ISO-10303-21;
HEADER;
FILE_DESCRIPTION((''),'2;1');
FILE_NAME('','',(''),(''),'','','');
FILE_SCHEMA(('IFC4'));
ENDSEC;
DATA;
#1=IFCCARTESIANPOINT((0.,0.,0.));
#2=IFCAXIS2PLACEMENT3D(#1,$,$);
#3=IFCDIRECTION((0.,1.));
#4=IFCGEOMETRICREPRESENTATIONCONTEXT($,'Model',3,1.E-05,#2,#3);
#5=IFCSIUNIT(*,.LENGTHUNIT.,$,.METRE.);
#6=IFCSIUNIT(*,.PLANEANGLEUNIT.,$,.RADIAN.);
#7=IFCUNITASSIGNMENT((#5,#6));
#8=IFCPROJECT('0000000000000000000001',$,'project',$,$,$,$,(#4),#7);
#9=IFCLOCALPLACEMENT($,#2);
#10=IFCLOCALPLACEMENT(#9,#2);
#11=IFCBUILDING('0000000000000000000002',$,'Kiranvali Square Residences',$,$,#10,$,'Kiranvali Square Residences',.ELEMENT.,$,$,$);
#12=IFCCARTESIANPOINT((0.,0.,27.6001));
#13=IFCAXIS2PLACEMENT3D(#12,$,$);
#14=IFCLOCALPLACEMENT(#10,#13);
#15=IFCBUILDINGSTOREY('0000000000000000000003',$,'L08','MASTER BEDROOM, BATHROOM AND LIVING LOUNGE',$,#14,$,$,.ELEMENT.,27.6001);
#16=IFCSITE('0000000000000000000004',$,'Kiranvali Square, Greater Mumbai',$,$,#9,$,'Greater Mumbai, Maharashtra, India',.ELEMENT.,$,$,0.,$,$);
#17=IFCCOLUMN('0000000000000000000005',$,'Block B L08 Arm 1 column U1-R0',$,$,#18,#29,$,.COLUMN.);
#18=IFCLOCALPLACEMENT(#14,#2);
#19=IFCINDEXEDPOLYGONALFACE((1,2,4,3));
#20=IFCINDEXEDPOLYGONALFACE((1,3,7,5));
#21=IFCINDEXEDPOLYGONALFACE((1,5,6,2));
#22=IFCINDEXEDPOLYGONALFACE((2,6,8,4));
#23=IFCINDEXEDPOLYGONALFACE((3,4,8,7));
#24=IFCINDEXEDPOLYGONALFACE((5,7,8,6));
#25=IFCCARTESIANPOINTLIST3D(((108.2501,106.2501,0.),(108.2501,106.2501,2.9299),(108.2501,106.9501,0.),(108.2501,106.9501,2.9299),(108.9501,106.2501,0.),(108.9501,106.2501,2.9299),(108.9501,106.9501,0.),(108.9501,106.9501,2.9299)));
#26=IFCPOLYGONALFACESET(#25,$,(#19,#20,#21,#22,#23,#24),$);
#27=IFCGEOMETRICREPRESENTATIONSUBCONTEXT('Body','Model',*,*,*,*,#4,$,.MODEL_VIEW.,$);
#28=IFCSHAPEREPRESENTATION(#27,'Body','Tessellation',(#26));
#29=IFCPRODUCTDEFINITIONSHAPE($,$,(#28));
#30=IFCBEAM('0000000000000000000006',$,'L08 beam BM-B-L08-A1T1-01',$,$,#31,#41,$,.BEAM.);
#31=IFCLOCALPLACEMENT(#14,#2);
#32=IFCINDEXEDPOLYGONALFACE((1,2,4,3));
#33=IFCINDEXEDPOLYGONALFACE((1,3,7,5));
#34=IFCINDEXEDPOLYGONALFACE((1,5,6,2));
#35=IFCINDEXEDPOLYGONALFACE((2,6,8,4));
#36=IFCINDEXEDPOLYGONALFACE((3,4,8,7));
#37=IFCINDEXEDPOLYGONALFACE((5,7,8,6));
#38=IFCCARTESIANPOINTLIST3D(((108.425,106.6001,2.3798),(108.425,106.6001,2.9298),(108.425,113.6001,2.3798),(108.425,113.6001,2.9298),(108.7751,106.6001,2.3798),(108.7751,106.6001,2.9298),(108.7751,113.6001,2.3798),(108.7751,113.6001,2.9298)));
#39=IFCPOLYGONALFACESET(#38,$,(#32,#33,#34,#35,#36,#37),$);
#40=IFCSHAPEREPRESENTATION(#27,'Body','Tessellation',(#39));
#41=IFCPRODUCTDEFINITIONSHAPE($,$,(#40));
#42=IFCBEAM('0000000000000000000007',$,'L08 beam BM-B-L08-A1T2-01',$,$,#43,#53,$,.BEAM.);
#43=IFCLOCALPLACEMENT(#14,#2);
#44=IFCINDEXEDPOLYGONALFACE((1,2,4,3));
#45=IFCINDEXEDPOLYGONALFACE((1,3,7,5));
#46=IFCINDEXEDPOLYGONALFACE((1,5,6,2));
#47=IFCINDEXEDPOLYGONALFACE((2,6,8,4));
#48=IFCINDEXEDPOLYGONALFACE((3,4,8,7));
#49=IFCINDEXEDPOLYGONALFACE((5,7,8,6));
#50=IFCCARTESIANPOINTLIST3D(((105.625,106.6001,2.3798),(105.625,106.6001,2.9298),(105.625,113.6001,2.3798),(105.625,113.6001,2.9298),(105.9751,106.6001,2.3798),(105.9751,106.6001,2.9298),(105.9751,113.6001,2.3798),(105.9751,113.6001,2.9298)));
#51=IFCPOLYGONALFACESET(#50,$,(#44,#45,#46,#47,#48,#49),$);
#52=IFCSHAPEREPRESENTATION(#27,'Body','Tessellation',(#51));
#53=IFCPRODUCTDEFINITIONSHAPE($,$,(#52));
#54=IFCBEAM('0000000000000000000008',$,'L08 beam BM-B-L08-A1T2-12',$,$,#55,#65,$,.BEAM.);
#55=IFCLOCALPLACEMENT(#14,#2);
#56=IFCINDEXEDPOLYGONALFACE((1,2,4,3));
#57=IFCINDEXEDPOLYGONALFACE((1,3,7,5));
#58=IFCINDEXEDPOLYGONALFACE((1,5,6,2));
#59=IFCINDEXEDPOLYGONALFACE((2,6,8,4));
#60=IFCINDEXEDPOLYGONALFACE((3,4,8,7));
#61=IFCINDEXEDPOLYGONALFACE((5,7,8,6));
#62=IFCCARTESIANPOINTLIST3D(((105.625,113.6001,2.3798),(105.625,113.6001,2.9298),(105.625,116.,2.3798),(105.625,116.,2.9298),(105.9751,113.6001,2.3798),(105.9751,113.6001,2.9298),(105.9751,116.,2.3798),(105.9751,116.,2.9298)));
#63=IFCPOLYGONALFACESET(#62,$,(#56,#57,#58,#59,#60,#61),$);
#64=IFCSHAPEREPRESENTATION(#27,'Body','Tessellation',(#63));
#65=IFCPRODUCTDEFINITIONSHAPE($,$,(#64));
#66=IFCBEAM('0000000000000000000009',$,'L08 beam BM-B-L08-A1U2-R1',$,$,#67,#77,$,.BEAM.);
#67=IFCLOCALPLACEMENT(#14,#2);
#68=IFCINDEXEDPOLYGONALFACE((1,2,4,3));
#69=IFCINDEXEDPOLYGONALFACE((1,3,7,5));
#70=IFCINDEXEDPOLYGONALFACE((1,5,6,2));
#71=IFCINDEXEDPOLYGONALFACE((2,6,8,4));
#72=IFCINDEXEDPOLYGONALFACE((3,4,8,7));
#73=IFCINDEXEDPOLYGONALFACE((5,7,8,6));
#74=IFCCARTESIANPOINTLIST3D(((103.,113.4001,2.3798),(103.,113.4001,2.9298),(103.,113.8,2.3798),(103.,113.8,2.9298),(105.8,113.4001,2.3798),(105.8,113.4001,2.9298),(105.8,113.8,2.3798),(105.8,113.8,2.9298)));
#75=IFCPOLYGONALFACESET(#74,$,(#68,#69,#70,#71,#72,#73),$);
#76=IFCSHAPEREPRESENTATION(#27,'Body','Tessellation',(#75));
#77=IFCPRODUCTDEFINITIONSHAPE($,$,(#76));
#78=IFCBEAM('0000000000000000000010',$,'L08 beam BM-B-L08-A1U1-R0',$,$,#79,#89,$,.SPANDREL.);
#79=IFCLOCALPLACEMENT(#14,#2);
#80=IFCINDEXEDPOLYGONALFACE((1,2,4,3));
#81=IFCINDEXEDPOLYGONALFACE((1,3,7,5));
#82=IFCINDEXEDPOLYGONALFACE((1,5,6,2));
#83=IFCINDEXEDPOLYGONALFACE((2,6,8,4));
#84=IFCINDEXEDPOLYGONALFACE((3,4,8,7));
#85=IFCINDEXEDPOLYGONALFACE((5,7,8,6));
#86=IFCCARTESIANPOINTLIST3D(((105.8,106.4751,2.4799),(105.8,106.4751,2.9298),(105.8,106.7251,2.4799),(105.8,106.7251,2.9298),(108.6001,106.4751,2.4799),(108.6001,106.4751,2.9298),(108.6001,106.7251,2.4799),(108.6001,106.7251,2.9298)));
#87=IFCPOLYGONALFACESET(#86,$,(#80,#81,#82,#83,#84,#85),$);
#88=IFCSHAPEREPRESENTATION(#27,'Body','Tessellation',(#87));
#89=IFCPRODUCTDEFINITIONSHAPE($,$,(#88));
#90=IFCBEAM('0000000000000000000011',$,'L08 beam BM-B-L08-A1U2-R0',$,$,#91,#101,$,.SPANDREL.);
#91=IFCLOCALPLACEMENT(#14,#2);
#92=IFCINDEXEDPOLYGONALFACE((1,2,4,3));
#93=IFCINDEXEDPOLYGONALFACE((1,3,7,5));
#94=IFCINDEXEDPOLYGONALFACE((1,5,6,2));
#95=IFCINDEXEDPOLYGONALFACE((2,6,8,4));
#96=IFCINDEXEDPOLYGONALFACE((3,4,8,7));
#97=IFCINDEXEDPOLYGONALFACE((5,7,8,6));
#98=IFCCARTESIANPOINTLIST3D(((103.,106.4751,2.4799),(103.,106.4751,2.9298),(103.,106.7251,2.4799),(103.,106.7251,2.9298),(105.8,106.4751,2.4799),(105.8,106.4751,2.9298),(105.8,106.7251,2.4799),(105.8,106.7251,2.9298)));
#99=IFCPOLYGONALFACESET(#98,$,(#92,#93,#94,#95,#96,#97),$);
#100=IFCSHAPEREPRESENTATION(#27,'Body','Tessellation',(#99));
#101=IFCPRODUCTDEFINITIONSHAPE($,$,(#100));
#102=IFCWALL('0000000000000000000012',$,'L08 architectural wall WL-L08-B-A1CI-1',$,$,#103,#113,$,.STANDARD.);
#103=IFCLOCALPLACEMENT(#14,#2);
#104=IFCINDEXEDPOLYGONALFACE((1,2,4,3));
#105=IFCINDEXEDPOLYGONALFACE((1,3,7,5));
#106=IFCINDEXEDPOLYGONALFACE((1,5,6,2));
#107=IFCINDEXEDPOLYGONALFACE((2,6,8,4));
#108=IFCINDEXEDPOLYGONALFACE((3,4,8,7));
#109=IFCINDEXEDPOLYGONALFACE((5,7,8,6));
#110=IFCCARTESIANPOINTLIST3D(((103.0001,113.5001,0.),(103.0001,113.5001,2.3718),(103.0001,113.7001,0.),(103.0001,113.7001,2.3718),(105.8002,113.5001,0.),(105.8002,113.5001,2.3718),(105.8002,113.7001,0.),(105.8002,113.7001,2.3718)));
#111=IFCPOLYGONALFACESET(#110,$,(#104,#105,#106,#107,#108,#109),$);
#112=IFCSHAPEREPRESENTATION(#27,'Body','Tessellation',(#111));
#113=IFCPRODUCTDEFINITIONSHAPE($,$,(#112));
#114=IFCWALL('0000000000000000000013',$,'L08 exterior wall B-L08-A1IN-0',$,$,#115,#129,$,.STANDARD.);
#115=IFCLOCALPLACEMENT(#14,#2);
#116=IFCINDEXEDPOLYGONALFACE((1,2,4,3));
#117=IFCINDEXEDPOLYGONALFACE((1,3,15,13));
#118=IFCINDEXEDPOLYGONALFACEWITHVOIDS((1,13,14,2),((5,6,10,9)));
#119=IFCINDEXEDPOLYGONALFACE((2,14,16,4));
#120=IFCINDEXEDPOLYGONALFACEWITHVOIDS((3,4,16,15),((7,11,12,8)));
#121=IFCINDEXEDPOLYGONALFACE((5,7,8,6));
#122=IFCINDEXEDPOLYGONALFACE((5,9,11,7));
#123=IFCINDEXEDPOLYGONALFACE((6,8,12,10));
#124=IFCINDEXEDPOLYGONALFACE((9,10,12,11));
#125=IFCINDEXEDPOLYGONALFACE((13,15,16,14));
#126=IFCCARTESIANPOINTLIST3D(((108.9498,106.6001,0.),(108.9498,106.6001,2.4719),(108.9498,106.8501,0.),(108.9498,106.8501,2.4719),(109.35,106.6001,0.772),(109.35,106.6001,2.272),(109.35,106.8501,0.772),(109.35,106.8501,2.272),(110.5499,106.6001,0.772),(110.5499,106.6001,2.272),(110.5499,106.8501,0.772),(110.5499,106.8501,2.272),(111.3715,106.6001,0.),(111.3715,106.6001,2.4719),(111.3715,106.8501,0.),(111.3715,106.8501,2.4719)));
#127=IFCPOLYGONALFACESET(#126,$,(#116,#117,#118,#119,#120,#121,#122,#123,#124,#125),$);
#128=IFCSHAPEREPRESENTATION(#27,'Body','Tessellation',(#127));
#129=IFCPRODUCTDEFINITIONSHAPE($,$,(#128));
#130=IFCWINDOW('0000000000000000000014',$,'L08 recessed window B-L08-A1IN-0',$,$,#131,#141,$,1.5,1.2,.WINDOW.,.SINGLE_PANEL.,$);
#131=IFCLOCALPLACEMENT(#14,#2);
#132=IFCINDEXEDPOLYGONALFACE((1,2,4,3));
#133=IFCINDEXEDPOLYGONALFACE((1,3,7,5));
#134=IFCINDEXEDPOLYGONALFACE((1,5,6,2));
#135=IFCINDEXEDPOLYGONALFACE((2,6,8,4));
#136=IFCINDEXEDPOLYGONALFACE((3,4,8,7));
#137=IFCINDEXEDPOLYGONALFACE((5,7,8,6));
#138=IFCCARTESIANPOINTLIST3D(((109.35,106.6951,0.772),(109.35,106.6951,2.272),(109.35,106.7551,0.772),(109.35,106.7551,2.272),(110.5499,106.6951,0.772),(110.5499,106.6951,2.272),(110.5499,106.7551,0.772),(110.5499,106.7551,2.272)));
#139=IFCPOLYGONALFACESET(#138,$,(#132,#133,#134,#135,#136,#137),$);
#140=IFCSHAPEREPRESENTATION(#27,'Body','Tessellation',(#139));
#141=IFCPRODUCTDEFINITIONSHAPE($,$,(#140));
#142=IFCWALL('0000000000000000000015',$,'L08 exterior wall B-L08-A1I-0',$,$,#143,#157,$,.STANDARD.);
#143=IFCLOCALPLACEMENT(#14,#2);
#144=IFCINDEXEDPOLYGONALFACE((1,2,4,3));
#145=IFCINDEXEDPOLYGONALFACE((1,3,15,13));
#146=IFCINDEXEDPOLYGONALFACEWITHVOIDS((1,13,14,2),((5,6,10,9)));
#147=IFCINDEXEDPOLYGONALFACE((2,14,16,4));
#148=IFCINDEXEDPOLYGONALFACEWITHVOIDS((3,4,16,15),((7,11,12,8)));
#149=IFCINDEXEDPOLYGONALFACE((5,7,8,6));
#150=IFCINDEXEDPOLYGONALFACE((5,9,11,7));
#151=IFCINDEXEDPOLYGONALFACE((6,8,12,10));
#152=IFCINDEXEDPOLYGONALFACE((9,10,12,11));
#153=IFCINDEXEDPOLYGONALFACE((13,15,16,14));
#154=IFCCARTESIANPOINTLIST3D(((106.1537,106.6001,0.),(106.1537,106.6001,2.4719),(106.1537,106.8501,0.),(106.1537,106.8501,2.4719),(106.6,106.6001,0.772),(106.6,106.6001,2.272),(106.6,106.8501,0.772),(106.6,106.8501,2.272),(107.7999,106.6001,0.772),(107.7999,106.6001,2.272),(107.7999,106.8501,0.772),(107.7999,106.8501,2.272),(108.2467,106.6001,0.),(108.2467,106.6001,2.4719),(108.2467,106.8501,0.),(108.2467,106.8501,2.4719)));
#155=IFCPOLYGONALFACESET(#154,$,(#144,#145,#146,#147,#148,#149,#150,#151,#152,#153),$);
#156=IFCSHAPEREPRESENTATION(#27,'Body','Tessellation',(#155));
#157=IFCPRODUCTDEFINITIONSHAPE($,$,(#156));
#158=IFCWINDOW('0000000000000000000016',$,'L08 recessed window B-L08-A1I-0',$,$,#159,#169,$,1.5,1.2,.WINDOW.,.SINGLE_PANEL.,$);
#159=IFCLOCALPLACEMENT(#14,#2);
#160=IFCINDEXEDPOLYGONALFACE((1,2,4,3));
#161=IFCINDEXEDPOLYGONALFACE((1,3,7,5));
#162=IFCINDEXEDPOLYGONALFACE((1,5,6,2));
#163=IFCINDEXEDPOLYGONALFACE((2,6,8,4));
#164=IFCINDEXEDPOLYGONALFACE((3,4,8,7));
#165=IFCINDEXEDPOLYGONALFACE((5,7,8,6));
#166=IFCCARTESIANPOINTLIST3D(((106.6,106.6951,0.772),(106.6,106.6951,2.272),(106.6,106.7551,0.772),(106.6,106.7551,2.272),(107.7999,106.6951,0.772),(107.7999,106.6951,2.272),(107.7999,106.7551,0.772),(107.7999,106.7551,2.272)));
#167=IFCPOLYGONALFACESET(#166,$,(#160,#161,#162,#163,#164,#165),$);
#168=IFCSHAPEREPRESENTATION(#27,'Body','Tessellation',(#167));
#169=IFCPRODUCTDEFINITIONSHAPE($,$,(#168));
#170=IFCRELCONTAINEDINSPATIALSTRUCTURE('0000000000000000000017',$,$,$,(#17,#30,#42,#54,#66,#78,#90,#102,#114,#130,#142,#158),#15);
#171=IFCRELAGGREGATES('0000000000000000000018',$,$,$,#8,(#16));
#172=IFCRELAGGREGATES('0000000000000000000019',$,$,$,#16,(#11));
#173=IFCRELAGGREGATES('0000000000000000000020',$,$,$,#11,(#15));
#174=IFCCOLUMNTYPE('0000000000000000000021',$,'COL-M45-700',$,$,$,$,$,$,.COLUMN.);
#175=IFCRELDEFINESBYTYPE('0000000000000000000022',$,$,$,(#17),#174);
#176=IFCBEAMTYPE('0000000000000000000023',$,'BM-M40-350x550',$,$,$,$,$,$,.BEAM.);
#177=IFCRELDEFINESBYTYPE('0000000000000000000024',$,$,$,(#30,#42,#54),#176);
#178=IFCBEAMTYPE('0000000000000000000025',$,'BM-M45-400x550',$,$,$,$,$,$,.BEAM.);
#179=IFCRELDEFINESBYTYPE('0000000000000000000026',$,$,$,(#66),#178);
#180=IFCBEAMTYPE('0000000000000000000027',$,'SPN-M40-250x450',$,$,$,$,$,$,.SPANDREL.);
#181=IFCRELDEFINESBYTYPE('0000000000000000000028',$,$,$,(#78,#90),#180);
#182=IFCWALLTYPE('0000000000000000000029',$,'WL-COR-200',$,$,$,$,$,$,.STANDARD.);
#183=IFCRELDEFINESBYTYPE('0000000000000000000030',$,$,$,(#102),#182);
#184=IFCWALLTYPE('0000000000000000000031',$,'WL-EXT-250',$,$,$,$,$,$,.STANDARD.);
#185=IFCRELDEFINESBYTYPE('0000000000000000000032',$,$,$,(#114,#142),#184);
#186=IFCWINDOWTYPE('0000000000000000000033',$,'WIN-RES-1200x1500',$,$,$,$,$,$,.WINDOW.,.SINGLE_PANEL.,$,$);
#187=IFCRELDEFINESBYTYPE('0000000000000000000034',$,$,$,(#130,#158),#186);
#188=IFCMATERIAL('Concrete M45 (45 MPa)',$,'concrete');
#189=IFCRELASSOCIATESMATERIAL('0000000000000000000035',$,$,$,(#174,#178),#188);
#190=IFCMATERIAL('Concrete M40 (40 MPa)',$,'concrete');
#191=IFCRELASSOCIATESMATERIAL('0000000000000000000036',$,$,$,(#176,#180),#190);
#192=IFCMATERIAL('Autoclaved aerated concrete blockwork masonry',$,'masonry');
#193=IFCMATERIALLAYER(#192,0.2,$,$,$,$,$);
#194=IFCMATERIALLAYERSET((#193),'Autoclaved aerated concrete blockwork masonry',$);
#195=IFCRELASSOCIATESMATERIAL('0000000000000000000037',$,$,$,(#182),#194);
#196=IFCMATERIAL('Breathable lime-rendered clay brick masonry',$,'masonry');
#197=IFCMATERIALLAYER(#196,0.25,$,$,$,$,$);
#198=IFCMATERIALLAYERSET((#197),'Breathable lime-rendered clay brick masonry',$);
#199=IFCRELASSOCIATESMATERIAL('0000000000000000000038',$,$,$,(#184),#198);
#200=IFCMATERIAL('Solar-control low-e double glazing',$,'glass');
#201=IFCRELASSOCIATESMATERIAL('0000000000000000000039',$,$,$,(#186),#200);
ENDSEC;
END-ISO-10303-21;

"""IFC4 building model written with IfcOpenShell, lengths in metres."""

from ifc_helpers import new_model, si_unit, direction, frame, frame_2d, origin, origin_2d, place, context, subcontext, project, spatial, rectangle, extrude, material, layer, layer_set, material_profile, profile_set, type_object, element, fill, save


model = new_model("IFC4")

# Units and contexts
model_context = context("Model", 3, precision=1e-05, world=origin(), true_north=direction((0.0, 1.0)))
body_context = subcontext(model_context, "Body", "Model", "MODEL_VIEW")
ifc_project = project(units=[si_unit("LENGTHUNIT", "METRE"), si_unit("PLANEANGLEUNIT", "RADIAN")], contexts=[model_context])

# Site, building, storey
site_placement = place(None, origin())
site = spatial("IfcSite", under=ifc_project, at=site_placement, Name="Kiranvali Square, Greater Mumbai", LongName="Greater Mumbai, Maharashtra, India", CompositionType="ELEMENT", RefElevation=0.0)
building_placement = place(site_placement, origin())
building = spatial("IfcBuilding", under=site, at=building_placement, Name="Kiranvali Square Residences", LongName="Kiranvali Square Residences", CompositionType="ELEMENT")
storey_placement = place(building_placement, frame((0.0, 0.0, 27.6001)))
storey = spatial("IfcBuildingStorey", under=building, at=storey_placement, Name="L08", Description="MASTER BEDROOM, BATHROOM AND LIVING LOUNGE", CompositionType="ELEMENT", Elevation=27.6001)

# Column
ifc_material_1 = material(Name="Concrete M45 (45 MPa)", Category="concrete")
ifc_material_profile_1 = material_profile(ifc_material_1, rectangle(XDim=0.7, YDim=0.7, at=origin_2d()), Name="RC 700x700")
ifc_profile_set_1 = profile_set([ifc_material_profile_1], Name="Concrete M45 (45 MPa)")
column_type = type_object("IfcColumnType", Name="COL-M45-700", PredefinedType="COLUMN", material=ifc_profile_set_1)
column_placement = place(storey_placement, frame((108.6001, 106.6001, 0.0), z_axis=(0.0, 0.0, 1.0), x_axis=(1.0, 0.0, 0.0)))
element("IfcColumn", 1, at=column_placement, inside=storey, type_object=column_type, Name="Block B L08 Arm 1 column U1-R0", PredefinedType="COLUMN", context=body_context, shape_type="SweptSolid", body=[
    extrude(rectangle(XDim=0.7, YDim=0.7, at=origin_2d()), origin(), (0.0, 0.0, 1.0), 2.9299),
])

# Beams
ifc_material_2 = material(Name="Concrete M40 (40 MPa)", Category="concrete")
ifc_material_profile_2 = material_profile(ifc_material_2, rectangle(XDim=0.3501, YDim=0.55, at=origin_2d()), Name="RC 350x550")
ifc_profile_set_2 = profile_set([ifc_material_profile_2], Name="Concrete M40 (40 MPa)")
beam_type_1 = type_object("IfcBeamType", Name="BM-M40-350x550", PredefinedType="BEAM", material=ifc_profile_set_2)
for number, where, z_axis, x_axis, name in (
    (2, (108.6001, 106.6001, 2.6548), (0.0, 1.0, 0.0), (-1.0, 0.0, 0.0), "L08 beam BM-B-L08-A1T1-01"),
    (3, (105.8, 106.6001, 2.6548), (0.0, 1.0, 0.0), (-1.0, 0.0, 0.0), "L08 beam BM-B-L08-A1T2-01"),
):
    element("IfcBeam", number, at=place(storey_placement, frame(where, z_axis=z_axis, x_axis=x_axis)), inside=storey, type_object=beam_type_1, Name=name, PredefinedType="BEAM", context=body_context, shape_type="SweptSolid", body=[
        extrude(rectangle(XDim=0.3501, YDim=0.55, at=origin_2d()), origin(), (0.0, 0.0, 1.0), 7.0),
    ])
beam_1_placement = place(storey_placement, frame((105.8, 113.6001, 2.6548), z_axis=(0.0, 1.0, 0.0), x_axis=(-1.0, 0.0, 0.0)))
element("IfcBeam", 4, at=beam_1_placement, inside=storey, type_object=beam_type_1, Name="L08 beam BM-B-L08-A1T2-12", PredefinedType="BEAM", context=body_context, shape_type="SweptSolid", body=[
    extrude(rectangle(XDim=0.3501, YDim=0.55, at=origin_2d()), origin(), (0.0, 0.0, 1.0), 2.3999),
])
ifc_material_profile_3 = material_profile(ifc_material_1, rectangle(XDim=0.3999, YDim=0.55, at=origin_2d()), Name="RC 400x550")
ifc_profile_set_3 = profile_set([ifc_material_profile_3], Name="Concrete M45 (45 MPa)")
beam_type_2 = type_object("IfcBeamType", Name="BM-M45-400x550", PredefinedType="BEAM", material=ifc_profile_set_3)
beam_2_placement = place(storey_placement, frame((105.8, 113.6001, 2.6548), z_axis=(-1.0, 0.0, 0.0), x_axis=(0.0, -1.0, 0.0)))
element("IfcBeam", 5, at=beam_2_placement, inside=storey, type_object=beam_type_2, Name="L08 beam BM-B-L08-A1U2-R1", PredefinedType="BEAM", context=body_context, shape_type="SweptSolid", body=[
    extrude(rectangle(XDim=0.3999, YDim=0.55, at=origin_2d()), origin(), (0.0, 0.0, 1.0), 2.8),
])
ifc_material_profile_4 = material_profile(ifc_material_2, rectangle(XDim=0.25, YDim=0.45, at=origin_2d()), Name="RC 250x450")
ifc_profile_set_4 = profile_set([ifc_material_profile_4], Name="Concrete M40 (40 MPa)")
beam_type_3 = type_object("IfcBeamType", Name="SPN-M40-250x450", PredefinedType="SPANDREL", material=ifc_profile_set_4)
for number, where, z_axis, x_axis, name in (
    (6, (108.6001, 106.6001, 2.7048), (-1.0, 0.0, 0.0), (0.0, -1.0, 0.0), "L08 beam BM-B-L08-A1U1-R0"),
    (7, (105.8, 106.6001, 2.7048), (-1.0, 0.0, 0.0), (0.0, -1.0, 0.0), "L08 beam BM-B-L08-A1U2-R0"),
):
    element("IfcBeam", number, at=place(storey_placement, frame(where, z_axis=z_axis, x_axis=x_axis)), inside=storey, type_object=beam_type_3, Name=name, PredefinedType="SPANDREL", context=body_context, shape_type="SweptSolid", body=[
        extrude(rectangle(XDim=0.25, YDim=0.45, at=origin_2d()), origin(), (0.0, 0.0, 1.0), 2.8),
    ])

# Wall
ifc_material_3 = material(Name="Autoclaved aerated concrete blockwork masonry", Category="masonry")
ifc_layer_1 = layer(ifc_material_3, 0.2)
ifc_layer_set_1 = layer_set([ifc_layer_1], Name="Autoclaved aerated concrete blockwork masonry")
wall_type_1 = type_object("IfcWallType", Name="WL-COR-200", PredefinedType="STANDARD", material=ifc_layer_set_1)
wall_1_placement = place(storey_placement, frame((105.8, 113.6001, 0.0), z_axis=(0.0, 0.0, 1.0), x_axis=(-1.0, 0.0, 0.0)))
element("IfcWall", 8, at=wall_1_placement, inside=storey, type_object=wall_type_1, Name="L08 architectural wall WL-L08-B-A1CI-1", PredefinedType="STANDARD", context=body_context, shape_type="SweptSolid", body=[
    extrude(rectangle(XDim=2.8, YDim=0.2, at=frame_2d((1.3999, 0.0))), origin(), (0.0, 0.0, 1.0), 2.3718),
])

# Walls, openings, windows
ifc_material_4 = material(Name="Breathable lime-rendered clay brick masonry", Category="masonry")
ifc_layer_2 = layer(ifc_material_4, 0.25)
ifc_layer_set_2 = layer_set([ifc_layer_2], Name="Breathable lime-rendered clay brick masonry")
wall_type_2 = type_object("IfcWallType", Name="WL-EXT-250", PredefinedType="STANDARD", material=ifc_layer_set_2)
wall_2_placement = place(storey_placement, frame((111.3716, 106.7251, 0.0), z_axis=(0.0, 0.0, 1.0), x_axis=(-1.0, 0.0, 0.0)))
wall_2 = element("IfcWall", 9, at=wall_2_placement, inside=storey, type_object=wall_type_2, Name="L08 exterior wall B-L08-A1IN-0", PredefinedType="STANDARD", context=body_context, shape_type="SweptSolid", body=[
    extrude(rectangle(XDim=2.4216, YDim=0.25, at=frame_2d((1.2109, 0.0))), origin(), (0.0, 0.0, 1.0), 2.4719),
])
opening_1_placement = place(wall_2_placement, frame((0.8215, 0.0, 0.772)))
opening_1 = element("IfcOpeningElement", 10, at=opening_1_placement, cuts=wall_2, PredefinedType="OPENING", context=body_context, shape_type="SweptSolid", body=[
    extrude(rectangle(XDim=1.2, YDim=1.5, at=frame_2d((0.6001, 0.75))), frame((0.0, 0.135, 0.0), z_axis=(0.0, -1.0, 0.0), x_axis=(1.0, 0.0, 0.0)), (0.0, 0.0, 1.0), 0.27),
])
ifc_material_5 = material(Name="Solar-control low-e double glazing", Category="glass")
window_type = type_object("IfcWindowType", Name="WIN-RES-1200x1500", PartitioningType="SINGLE_PANEL", PredefinedType="WINDOW", material=ifc_material_5)
window_1_placement = place(opening_1_placement, origin())
window_1 = element("IfcWindow", 11, at=window_1_placement, inside=storey, type_object=window_type, Name="L08 recessed window B-L08-A1IN-0", OverallHeight=1.5, OverallWidth=1.2, PartitioningType="SINGLE_PANEL", PredefinedType="WINDOW", context=body_context, shape_type="SweptSolid", body=[
    extrude(rectangle(XDim=1.2, YDim=1.5, at=frame_2d((0.6001, 0.75))), frame((0.0, 0.03, 0.0), z_axis=(0.0, -1.0, 0.0), x_axis=(1.0, 0.0, 0.0)), (0.0, 0.0, 1.0), 0.0601),
])
fill(opening_1, window_1)
wall_3_placement = place(storey_placement, frame((108.2466, 106.7251, 0.0), z_axis=(0.0, 0.0, 1.0), x_axis=(-1.0, 0.0, 0.0)))
wall_3 = element("IfcWall", 12, at=wall_3_placement, inside=storey, type_object=wall_type_2, Name="L08 exterior wall B-L08-A1I-0", PredefinedType="STANDARD", context=body_context, shape_type="SweptSolid", body=[
    extrude(rectangle(XDim=2.093, YDim=0.25, at=frame_2d((1.0464, 0.0))), origin(), (0.0, 0.0, 1.0), 2.4719),
])
opening_2_placement = place(wall_3_placement, frame((0.4465, 0.0, 0.772)))
opening_2 = element("IfcOpeningElement", 13, at=opening_2_placement, cuts=wall_3, PredefinedType="OPENING", context=body_context, shape_type="SweptSolid", body=[
    extrude(rectangle(XDim=1.2, YDim=1.5, at=frame_2d((0.6001, 0.75))), frame((0.0, 0.135, 0.0), z_axis=(0.0, -1.0, 0.0), x_axis=(1.0, 0.0, 0.0)), (0.0, 0.0, 1.0), 0.27),
])
window_2_placement = place(opening_2_placement, origin())
window_2 = element("IfcWindow", 14, at=window_2_placement, inside=storey, type_object=window_type, Name="L08 recessed window B-L08-A1I-0", OverallHeight=1.5, OverallWidth=1.2, PartitioningType="SINGLE_PANEL", PredefinedType="WINDOW", context=body_context, shape_type="SweptSolid", body=[
    extrude(rectangle(XDim=1.2, YDim=1.5, at=frame_2d((0.6001, 0.75))), frame((0.0, 0.03, 0.0), z_axis=(0.0, -1.0, 0.0), x_axis=(1.0, 0.0, 0.0)), (0.0, 0.0, 1.0), 0.0601),
])
fill(opening_2, window_2)

save(model, "model.ifc")
